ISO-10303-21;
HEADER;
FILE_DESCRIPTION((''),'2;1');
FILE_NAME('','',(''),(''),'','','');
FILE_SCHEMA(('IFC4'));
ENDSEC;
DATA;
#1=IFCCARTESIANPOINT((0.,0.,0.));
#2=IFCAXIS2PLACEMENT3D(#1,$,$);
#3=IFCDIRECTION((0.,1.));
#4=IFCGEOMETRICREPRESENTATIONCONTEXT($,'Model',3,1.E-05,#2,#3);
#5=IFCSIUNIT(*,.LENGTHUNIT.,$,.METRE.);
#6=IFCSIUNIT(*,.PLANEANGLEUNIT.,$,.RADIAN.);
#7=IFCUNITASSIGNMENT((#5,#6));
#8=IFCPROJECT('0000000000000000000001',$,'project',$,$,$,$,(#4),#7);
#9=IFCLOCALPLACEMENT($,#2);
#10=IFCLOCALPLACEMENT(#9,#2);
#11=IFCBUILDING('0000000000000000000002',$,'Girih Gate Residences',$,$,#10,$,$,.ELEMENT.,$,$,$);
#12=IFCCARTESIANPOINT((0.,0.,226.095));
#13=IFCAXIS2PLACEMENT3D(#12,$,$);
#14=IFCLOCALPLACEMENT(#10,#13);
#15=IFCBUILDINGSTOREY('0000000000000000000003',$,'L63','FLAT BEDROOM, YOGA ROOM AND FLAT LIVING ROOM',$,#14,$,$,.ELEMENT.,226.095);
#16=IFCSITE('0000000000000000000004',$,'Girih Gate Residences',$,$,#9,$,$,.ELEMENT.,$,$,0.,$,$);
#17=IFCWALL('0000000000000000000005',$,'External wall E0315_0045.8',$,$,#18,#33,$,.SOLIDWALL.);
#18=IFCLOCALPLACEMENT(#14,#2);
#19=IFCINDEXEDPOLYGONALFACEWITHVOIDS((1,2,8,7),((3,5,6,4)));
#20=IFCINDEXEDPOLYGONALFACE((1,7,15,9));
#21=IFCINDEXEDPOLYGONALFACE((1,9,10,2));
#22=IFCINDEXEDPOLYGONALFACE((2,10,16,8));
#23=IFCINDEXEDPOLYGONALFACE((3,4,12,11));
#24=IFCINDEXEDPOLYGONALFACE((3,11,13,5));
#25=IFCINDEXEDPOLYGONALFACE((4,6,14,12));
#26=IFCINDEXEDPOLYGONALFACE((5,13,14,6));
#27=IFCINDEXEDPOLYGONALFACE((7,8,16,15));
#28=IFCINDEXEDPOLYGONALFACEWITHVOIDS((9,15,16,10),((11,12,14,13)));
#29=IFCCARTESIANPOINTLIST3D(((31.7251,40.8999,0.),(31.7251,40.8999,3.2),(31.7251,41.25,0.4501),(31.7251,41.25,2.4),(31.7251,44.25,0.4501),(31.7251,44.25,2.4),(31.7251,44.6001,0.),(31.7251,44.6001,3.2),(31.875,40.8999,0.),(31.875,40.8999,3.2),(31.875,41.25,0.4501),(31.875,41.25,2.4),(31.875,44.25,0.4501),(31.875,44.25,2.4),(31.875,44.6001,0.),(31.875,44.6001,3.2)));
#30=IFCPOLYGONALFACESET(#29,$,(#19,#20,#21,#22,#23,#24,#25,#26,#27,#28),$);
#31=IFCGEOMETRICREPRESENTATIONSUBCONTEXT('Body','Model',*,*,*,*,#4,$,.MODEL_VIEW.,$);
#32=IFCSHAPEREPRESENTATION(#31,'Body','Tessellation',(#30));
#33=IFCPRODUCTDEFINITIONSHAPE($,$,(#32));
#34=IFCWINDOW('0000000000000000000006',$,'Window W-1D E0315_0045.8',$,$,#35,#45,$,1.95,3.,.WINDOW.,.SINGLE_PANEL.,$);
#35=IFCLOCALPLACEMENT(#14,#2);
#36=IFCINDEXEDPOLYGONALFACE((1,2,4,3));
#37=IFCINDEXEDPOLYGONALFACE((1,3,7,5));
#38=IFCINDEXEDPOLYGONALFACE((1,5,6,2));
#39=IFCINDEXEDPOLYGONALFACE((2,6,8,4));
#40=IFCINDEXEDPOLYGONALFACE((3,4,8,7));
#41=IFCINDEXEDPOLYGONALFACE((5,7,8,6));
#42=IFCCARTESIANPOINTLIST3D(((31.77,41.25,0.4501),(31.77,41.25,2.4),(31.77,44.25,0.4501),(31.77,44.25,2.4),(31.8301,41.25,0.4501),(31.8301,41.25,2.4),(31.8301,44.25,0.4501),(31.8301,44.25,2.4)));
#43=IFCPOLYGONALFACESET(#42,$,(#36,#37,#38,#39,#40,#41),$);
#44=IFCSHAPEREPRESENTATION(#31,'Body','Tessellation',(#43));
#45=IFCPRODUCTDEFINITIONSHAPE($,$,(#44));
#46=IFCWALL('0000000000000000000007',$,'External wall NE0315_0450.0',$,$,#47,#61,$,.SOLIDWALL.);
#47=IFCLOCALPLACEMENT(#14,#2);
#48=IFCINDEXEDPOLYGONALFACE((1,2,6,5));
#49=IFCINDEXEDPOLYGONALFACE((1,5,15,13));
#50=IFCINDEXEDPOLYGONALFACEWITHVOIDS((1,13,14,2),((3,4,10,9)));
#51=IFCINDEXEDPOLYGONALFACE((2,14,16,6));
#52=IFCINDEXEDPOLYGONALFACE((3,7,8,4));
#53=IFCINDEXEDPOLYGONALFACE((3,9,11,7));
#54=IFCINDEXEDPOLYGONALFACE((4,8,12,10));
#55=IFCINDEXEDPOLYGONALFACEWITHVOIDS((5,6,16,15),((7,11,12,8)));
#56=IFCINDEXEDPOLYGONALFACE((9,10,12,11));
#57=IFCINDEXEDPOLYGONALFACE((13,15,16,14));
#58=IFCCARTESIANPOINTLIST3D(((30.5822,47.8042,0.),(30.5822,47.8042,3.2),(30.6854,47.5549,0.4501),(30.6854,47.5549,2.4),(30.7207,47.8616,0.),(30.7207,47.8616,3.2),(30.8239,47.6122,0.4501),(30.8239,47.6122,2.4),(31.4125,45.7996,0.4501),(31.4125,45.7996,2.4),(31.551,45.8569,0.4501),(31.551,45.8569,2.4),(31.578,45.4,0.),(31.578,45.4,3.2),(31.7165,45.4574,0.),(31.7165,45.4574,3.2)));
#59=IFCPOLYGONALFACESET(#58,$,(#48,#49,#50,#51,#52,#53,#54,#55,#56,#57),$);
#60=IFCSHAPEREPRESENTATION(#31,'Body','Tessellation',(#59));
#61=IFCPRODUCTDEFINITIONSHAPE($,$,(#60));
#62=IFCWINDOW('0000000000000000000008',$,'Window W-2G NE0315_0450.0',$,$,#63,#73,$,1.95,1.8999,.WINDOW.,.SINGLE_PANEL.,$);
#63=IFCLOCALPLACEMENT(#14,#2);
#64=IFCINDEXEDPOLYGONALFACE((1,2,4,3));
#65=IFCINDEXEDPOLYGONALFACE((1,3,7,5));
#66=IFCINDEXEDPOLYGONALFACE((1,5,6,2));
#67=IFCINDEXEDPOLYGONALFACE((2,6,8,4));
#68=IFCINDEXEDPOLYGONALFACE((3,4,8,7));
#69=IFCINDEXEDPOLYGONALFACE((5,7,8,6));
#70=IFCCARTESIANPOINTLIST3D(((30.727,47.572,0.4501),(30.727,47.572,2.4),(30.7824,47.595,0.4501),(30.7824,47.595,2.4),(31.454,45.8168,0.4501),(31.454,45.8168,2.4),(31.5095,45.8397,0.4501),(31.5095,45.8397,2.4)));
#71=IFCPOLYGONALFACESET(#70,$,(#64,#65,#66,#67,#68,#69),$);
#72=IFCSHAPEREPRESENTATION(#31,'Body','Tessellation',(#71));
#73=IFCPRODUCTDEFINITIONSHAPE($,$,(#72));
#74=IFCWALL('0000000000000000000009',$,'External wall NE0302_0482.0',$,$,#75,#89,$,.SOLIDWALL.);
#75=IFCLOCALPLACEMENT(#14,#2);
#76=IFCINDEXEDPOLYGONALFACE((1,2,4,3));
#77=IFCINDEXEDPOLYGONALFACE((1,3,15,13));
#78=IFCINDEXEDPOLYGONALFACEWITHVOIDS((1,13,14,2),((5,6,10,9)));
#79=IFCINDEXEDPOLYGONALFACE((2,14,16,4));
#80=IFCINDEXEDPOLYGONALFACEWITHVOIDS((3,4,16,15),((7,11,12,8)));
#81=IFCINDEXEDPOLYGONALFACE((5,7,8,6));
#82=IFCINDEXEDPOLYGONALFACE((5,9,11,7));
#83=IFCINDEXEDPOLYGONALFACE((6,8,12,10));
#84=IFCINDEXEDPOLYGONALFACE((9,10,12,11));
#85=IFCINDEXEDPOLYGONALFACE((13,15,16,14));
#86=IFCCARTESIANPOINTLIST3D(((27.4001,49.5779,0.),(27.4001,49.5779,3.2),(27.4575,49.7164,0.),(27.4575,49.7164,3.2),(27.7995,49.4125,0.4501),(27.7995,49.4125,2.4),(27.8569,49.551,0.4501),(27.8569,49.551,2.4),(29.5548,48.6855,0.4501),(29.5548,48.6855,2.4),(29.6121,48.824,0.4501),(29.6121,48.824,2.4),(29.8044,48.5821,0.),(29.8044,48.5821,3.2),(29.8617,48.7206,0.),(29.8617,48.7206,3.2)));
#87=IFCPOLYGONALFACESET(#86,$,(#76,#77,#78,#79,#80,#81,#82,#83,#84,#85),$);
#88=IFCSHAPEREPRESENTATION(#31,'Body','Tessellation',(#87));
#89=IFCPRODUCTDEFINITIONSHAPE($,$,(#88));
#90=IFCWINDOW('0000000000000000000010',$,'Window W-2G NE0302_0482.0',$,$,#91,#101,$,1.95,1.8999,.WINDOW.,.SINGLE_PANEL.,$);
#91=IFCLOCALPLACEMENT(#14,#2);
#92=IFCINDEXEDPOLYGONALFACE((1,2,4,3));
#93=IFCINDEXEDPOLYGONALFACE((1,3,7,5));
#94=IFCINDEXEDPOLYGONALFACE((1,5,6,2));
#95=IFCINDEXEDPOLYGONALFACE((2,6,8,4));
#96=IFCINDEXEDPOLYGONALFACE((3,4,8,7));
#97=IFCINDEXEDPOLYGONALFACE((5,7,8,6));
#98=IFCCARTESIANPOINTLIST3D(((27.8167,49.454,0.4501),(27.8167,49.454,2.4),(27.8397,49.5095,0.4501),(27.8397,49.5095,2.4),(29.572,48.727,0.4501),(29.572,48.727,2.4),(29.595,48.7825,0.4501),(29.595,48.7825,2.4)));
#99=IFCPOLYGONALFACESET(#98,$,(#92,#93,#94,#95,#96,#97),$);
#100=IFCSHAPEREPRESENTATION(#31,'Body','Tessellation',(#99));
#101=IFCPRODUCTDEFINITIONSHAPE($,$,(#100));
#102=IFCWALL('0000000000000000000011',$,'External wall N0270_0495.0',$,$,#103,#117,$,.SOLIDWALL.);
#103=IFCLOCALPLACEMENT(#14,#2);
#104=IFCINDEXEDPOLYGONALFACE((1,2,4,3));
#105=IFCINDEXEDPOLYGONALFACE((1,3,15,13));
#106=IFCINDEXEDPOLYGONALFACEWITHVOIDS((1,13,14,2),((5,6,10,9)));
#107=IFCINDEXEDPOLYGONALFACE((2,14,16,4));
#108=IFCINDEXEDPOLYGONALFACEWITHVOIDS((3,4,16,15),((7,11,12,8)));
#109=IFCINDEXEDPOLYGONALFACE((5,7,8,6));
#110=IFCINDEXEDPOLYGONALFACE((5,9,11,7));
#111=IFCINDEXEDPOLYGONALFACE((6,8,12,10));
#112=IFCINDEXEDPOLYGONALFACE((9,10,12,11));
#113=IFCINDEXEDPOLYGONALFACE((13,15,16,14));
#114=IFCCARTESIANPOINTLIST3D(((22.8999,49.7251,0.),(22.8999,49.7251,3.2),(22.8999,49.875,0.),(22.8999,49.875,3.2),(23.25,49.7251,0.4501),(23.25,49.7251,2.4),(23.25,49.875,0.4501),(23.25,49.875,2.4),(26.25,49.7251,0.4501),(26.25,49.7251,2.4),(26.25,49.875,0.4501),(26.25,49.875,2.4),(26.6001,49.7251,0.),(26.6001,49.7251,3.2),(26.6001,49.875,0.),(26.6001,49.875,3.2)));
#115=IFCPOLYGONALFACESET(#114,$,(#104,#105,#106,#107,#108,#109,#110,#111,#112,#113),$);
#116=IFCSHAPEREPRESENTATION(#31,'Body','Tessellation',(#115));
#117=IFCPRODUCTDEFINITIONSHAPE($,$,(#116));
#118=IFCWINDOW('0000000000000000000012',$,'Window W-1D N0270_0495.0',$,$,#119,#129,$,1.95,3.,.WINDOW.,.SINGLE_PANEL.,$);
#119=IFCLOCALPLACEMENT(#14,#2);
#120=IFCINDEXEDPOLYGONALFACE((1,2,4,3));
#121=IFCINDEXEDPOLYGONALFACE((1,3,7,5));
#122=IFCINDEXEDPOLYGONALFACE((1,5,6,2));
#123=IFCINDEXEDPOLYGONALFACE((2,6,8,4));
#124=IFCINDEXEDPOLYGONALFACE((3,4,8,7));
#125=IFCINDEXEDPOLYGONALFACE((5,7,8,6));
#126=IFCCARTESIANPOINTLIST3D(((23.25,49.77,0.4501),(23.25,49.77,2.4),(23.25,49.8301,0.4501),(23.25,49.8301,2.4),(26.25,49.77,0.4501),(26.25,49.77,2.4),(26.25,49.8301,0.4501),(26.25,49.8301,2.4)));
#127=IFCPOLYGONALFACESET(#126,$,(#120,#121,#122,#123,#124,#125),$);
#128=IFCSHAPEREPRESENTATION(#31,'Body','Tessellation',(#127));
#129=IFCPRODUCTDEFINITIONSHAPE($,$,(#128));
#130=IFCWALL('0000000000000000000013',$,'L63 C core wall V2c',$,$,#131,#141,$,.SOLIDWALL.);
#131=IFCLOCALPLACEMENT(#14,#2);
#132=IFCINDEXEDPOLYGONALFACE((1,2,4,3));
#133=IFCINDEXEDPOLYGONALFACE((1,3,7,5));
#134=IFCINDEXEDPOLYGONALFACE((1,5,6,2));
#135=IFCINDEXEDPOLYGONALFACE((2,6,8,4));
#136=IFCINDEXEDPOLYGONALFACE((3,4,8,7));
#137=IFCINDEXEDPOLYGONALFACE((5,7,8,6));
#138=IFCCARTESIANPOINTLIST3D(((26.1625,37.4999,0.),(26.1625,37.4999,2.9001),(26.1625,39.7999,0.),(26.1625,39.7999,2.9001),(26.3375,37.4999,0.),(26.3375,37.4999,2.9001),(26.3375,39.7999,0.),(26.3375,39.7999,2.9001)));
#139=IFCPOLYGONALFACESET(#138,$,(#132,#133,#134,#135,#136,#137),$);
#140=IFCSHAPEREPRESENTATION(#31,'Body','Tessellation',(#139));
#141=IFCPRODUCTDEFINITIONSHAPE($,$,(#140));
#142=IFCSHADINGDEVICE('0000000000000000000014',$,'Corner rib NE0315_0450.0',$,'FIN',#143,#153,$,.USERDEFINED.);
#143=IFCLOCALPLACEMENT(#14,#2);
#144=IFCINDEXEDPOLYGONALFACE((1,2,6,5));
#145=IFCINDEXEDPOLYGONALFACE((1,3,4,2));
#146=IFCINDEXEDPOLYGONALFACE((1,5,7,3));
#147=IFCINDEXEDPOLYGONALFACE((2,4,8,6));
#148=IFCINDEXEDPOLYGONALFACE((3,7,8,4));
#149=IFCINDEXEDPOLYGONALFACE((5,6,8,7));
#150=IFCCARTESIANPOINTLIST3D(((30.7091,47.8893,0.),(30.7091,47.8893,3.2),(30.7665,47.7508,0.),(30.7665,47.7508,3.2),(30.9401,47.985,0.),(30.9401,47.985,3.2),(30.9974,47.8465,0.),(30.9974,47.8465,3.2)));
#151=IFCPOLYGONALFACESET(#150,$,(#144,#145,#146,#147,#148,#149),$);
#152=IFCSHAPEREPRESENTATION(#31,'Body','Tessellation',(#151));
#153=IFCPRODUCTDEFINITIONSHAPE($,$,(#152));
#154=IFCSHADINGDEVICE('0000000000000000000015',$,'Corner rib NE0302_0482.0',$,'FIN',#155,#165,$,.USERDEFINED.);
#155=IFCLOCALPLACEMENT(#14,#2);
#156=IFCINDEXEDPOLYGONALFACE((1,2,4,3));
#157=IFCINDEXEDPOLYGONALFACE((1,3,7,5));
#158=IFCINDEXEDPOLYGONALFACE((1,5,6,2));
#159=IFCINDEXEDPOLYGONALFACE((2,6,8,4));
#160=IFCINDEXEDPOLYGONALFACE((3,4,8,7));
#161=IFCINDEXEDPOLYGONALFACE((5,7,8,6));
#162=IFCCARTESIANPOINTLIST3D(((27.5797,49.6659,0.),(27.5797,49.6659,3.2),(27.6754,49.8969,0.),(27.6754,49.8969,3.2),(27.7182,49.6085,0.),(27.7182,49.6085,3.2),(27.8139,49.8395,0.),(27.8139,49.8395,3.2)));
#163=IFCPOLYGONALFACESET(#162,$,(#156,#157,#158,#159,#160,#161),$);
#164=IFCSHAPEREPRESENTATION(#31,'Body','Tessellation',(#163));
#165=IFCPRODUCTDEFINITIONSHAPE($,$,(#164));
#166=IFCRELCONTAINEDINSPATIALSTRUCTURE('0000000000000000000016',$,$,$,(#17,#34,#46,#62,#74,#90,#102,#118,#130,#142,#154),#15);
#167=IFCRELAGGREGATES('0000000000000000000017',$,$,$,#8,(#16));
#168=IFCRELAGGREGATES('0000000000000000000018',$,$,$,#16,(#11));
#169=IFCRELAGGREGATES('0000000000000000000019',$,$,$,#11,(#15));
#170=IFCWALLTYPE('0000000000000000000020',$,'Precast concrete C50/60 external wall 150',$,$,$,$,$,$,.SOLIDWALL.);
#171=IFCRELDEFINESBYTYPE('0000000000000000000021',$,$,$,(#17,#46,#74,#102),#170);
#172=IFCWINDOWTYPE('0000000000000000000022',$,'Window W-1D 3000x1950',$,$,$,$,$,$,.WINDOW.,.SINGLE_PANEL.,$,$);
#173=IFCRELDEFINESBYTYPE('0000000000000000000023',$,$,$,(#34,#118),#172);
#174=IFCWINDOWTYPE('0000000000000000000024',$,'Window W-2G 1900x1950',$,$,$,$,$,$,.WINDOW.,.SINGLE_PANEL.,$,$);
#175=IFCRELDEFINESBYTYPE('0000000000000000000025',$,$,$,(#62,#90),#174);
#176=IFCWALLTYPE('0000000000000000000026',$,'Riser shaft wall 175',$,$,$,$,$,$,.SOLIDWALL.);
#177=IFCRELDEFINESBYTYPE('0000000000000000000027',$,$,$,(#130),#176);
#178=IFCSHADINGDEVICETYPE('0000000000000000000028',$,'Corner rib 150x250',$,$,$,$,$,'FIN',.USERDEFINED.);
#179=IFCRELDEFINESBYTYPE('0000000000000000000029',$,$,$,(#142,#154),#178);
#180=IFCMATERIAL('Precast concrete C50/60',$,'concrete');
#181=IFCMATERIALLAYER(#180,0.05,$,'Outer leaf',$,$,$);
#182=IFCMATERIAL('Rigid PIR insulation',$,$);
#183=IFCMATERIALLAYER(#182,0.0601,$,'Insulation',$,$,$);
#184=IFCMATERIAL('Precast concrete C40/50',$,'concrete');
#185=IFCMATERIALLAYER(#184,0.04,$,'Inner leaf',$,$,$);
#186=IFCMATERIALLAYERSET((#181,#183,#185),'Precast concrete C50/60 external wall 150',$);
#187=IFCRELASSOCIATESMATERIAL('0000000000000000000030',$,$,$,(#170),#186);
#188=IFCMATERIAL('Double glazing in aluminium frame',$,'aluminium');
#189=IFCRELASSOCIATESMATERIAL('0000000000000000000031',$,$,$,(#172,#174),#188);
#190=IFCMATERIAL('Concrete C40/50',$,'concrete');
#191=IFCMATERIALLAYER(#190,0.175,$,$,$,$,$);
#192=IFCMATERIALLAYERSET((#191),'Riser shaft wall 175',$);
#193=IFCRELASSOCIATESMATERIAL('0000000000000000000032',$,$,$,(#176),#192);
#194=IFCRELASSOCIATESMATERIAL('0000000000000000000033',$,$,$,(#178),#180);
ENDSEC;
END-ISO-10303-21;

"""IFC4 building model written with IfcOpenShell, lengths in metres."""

from ifc_helpers import new_model, si_unit, direction, frame, frame_2d, origin, origin_2d, place, context, subcontext, project, spatial, rectangle, extrude, material, layer, layer_set, type_object, element, fill, save


model = new_model("IFC4")

# Units and contexts
model_context = context("Model", 3, precision=1e-05, world=origin(), true_north=direction((0.0, 1.0)))
body_context = subcontext(model_context, "Body", "Model", "MODEL_VIEW")
ifc_project = project(units=[si_unit("LENGTHUNIT", "METRE"), si_unit("PLANEANGLEUNIT", "RADIAN")], contexts=[model_context])

# Site, building, storey
site_placement = place(None, origin())
site = spatial("IfcSite", under=ifc_project, at=site_placement, Name="Girih Gate Residences", CompositionType="ELEMENT", RefElevation=0.0)
building_placement = place(site_placement, origin())
building = spatial("IfcBuilding", under=site, at=building_placement, Name="Girih Gate Residences", CompositionType="ELEMENT")
storey_placement = place(building_placement, frame((0.0, 0.0, 226.095)))
storey = spatial("IfcBuildingStorey", under=building, at=storey_placement, Name="L63", Description="FLAT BEDROOM, YOGA ROOM AND FLAT LIVING ROOM", CompositionType="ELEMENT", Elevation=226.095)

# Walls, openings, windows
ifc_material_1 = material(Name="Precast concrete C50/60", Category="concrete")
ifc_layer_1 = layer(ifc_material_1, 0.05, Name="Outer leaf")
ifc_material_2 = material(Name="Rigid PIR insulation")
ifc_layer_2 = layer(ifc_material_2, 0.0601, Name="Insulation")
ifc_material_3 = material(Name="Precast concrete C40/50", Category="concrete")
ifc_layer_3 = layer(ifc_material_3, 0.04, Name="Inner leaf")
ifc_layer_set_1 = layer_set([ifc_layer_1, ifc_layer_2, ifc_layer_3], Name="Precast concrete C50/60 external wall 150")
wall_type_1 = type_object("IfcWallType", Name="Precast concrete C50/60 external wall 150", PredefinedType="SOLIDWALL", material=ifc_layer_set_1)
ifc_material_4 = material(Name="Double glazing in aluminium frame", Category="aluminium")
window_type_1 = type_object("IfcWindowType", Name="Window W-1D 3000x1950", PartitioningType="SINGLE_PANEL", PredefinedType="WINDOW", material=ifc_material_4)
wall_1_placement = place(storey_placement, frame((31.8, 44.6001, 0.0), z_axis=(0.0, 0.0, 1.0), x_axis=(0.0, -1.0, 0.0)))
wall_1 = element("IfcWall", 1, at=wall_1_placement, inside=storey, type_object=wall_type_1, Name="External wall E0315_0045.8", PredefinedType="SOLIDWALL", context=body_context, shape_type="SweptSolid", body=[
    extrude(rectangle(XDim=3.7002, YDim=0.1499, at=frame_2d((1.8501, 0.0))), origin(), (0.0, 0.0, 1.0), 3.2),
])
opening_1_placement = place(wall_1_placement, frame((0.3501, 0.0, 0.45)))
opening_1 = element("IfcOpeningElement", 2, at=opening_1_placement, cuts=wall_1, PredefinedType="OPENING", context=body_context, shape_type="SweptSolid", body=[
    extrude(rectangle(XDim=3.0, YDim=1.95, at=frame_2d((1.5, 0.9751))), frame((0.0, 0.085, 0.0), z_axis=(0.0, -1.0, 0.0), x_axis=(1.0, 0.0, 0.0)), (0.0, 0.0, 1.0), 0.1699),
])
window_1_placement = place(opening_1_placement, origin())
window_1 = element("IfcWindow", 3, at=window_1_placement, inside=storey, type_object=window_type_1, Name="Window W-1D E0315_0045.8", OverallHeight=1.95, OverallWidth=3.0, PartitioningType="SINGLE_PANEL", PredefinedType="WINDOW", context=body_context, shape_type="SweptSolid", body=[
    extrude(rectangle(XDim=3.0, YDim=1.95, at=frame_2d((1.5, 0.9751))), frame((0.0, 0.03, 0.0), z_axis=(0.0, -1.0, 0.0), x_axis=(1.0, 0.0, 0.0)), (0.0, 0.0, 1.0), 0.0601),
])
fill(opening_1, window_1)
wall_2_placement = place(storey_placement, frame((30.6514, 47.833, 0.0), z_axis=(0.0, 0.0, 1.0), x_axis=(0.382669, -0.923885, 0.0)))
wall_2 = element("IfcWall", 4, at=wall_2_placement, inside=storey, type_object=wall_type_1, Name="External wall NE0315_0450.0", PredefinedType="SOLIDWALL", context=body_context, shape_type="SweptSolid", body=[
    extrude(rectangle(XDim=2.6023, YDim=0.1499, at=frame_2d((1.3013, 0.0))), origin(), (0.0, 0.0, 1.0), 3.2),
])
opening_2_placement = place(wall_2_placement, frame((0.27, 0.0, 0.45)))
opening_2 = element("IfcOpeningElement", 5, at=opening_2_placement, cuts=wall_2, PredefinedType="OPENING", context=body_context, shape_type="SweptSolid", body=[
    extrude(rectangle(XDim=1.8999, YDim=1.95, at=frame_2d((0.95, 0.9751))), frame((0.0, 0.085, 0.0), z_axis=(0.0, -1.0, 0.0), x_axis=(1.0, 0.0, 0.0)), (0.0, 0.0, 1.0), 0.1699),
])
window_type_2 = type_object("IfcWindowType", Name="Window W-2G 1900x1950", PartitioningType="SINGLE_PANEL", PredefinedType="WINDOW", material=ifc_material_4)
window_2_placement = place(opening_2_placement, origin())
window_2 = element("IfcWindow", 6, at=window_2_placement, inside=storey, type_object=window_type_2, Name="Window W-2G NE0315_0450.0", OverallHeight=1.95, OverallWidth=1.8999, PartitioningType="SINGLE_PANEL", PredefinedType="WINDOW", context=body_context, shape_type="SweptSolid", body=[
    extrude(rectangle(XDim=1.8999, YDim=1.95, at=frame_2d((0.95, 0.9751))), frame((0.0, 0.03, 0.0), z_axis=(0.0, -1.0, 0.0), x_axis=(1.0, 0.0, 0.0)), (0.0, 0.0, 1.0), 0.0601),
])
fill(opening_2, window_2)
wall_3_placement = place(storey_placement, frame((27.4287, 49.6472, 0.0), z_axis=(0.0, 0.0, 1.0), x_axis=(0.923885, -0.382669, 0.0)))
wall_3 = element("IfcWall", 7, at=wall_3_placement, inside=storey, type_object=wall_type_1, Name="External wall NE0302_0482.0", PredefinedType="SOLIDWALL", context=body_context, shape_type="SweptSolid", body=[
    extrude(rectangle(XDim=2.6023, YDim=0.1499, at=frame_2d((1.3013, 0.0))), origin(), (0.0, 0.0, 1.0), 3.2),
])
opening_3_placement = place(wall_3_placement, frame((0.4324, 0.0, 0.45)))
opening_3 = element("IfcOpeningElement", 8, at=opening_3_placement, cuts=wall_3, PredefinedType="OPENING", context=body_context, shape_type="SweptSolid", body=[
    extrude(rectangle(XDim=1.8999, YDim=1.95, at=frame_2d((0.95, 0.9751))), frame((0.0, 0.085, 0.0), z_axis=(0.0, -1.0, 0.0), x_axis=(1.0, 0.0, 0.0)), (0.0, 0.0, 1.0), 0.1699),
])
window_3_placement = place(opening_3_placement, origin())
window_3 = element("IfcWindow", 9, at=window_3_placement, inside=storey, type_object=window_type_2, Name="Window W-2G NE0302_0482.0", OverallHeight=1.95, OverallWidth=1.8999, PartitioningType="SINGLE_PANEL", PredefinedType="WINDOW", context=body_context, shape_type="SweptSolid", body=[
    extrude(rectangle(XDim=1.8999, YDim=1.95, at=frame_2d((0.95, 0.9751))), frame((0.0, 0.03, 0.0), z_axis=(0.0, -1.0, 0.0), x_axis=(1.0, 0.0, 0.0)), (0.0, 0.0, 1.0), 0.0601),
])
fill(opening_3, window_3)
wall_4_placement = place(storey_placement, frame((22.8999, 49.8, 0.0), z_axis=(0.0, 0.0, 1.0), x_axis=(1.0, 0.0, 0.0)))
wall_4 = element("IfcWall", 10, at=wall_4_placement, inside=storey, type_object=wall_type_1, Name="External wall N0270_0495.0", PredefinedType="SOLIDWALL", context=body_context, shape_type="SweptSolid", body=[
    extrude(rectangle(XDim=3.7002, YDim=0.1499, at=frame_2d((1.8501, 0.0))), origin(), (0.0, 0.0, 1.0), 3.2),
])
opening_4_placement = place(wall_4_placement, frame((0.3501, 0.0, 0.45)))
opening_4 = element("IfcOpeningElement", 11, at=opening_4_placement, cuts=wall_4, PredefinedType="OPENING", context=body_context, shape_type="SweptSolid", body=[
    extrude(rectangle(XDim=3.0, YDim=1.95, at=frame_2d((1.5, 0.9751))), frame((0.0, 0.085, 0.0), z_axis=(0.0, -1.0, 0.0), x_axis=(1.0, 0.0, 0.0)), (0.0, 0.0, 1.0), 0.1699),
])
window_4_placement = place(opening_4_placement, origin())
window_4 = element("IfcWindow", 12, at=window_4_placement, inside=storey, type_object=window_type_1, Name="Window W-1D N0270_0495.0", OverallHeight=1.95, OverallWidth=3.0, PartitioningType="SINGLE_PANEL", PredefinedType="WINDOW", context=body_context, shape_type="SweptSolid", body=[
    extrude(rectangle(XDim=3.0, YDim=1.95, at=frame_2d((1.5, 0.9751))), frame((0.0, 0.03, 0.0), z_axis=(0.0, -1.0, 0.0), x_axis=(1.0, 0.0, 0.0)), (0.0, 0.0, 1.0), 0.0601),
])
fill(opening_4, window_4)

# Wall
ifc_material_5 = material(Name="Concrete C40/50", Category="concrete")
ifc_layer_4 = layer(ifc_material_5, 0.175)
ifc_layer_set_2 = layer_set([ifc_layer_4], Name="Riser shaft wall 175")
wall_type_2 = type_object("IfcWallType", Name="Riser shaft wall 175", PredefinedType="SOLIDWALL", material=ifc_layer_set_2)
wall_5_placement = place(storey_placement, frame((26.25, 37.5, 0.0), z_axis=(0.0, 0.0, 1.0), x_axis=(0.0, 1.0, 0.0)))
element("IfcWall", 13, at=wall_5_placement, inside=storey, type_object=wall_type_2, Name="L63 C core wall V2c", PredefinedType="SOLIDWALL", context=body_context, shape_type="SweptSolid", body=[
    extrude(rectangle(XDim=2.3, YDim=0.175, at=frame_2d((1.1499, 0.0))), origin(), (0.0, 0.0, 1.0), 2.9001),
])

# Shading devices
shading_device_type = type_object("IfcShadingDeviceType", Name="Corner rib 150x250", ElementType="FIN", PredefinedType="USERDEFINED", material=ifc_material_1)
for number, where, z_axis, x_axis, name in (
    (14, (30.8533, 47.8679, 0.0), (0.0, 0.0, 1.0), (-0.382683, 0.92388, 0.0), "Corner rib NE0315_0450.0"),
    (15, (27.6968, 49.7527, 0.0), (0.0, 0.0, 1.0), (-0.92388, 0.382683, 0.0), "Corner rib NE0302_0482.0"),
):
    element("IfcShadingDevice", number, at=place(storey_placement, frame(where, z_axis=z_axis, x_axis=x_axis)), inside=storey, type_object=shading_device_type, Name=name, ObjectType="FIN", PredefinedType="USERDEFINED", context=body_context, shape_type="SweptSolid", body=[
        extrude(rectangle(XDim=0.1499, YDim=0.25, at=origin_2d()), origin(), (0.0, 0.0, 1.0), 3.2),
    ])

save(model, "model.ifc")
